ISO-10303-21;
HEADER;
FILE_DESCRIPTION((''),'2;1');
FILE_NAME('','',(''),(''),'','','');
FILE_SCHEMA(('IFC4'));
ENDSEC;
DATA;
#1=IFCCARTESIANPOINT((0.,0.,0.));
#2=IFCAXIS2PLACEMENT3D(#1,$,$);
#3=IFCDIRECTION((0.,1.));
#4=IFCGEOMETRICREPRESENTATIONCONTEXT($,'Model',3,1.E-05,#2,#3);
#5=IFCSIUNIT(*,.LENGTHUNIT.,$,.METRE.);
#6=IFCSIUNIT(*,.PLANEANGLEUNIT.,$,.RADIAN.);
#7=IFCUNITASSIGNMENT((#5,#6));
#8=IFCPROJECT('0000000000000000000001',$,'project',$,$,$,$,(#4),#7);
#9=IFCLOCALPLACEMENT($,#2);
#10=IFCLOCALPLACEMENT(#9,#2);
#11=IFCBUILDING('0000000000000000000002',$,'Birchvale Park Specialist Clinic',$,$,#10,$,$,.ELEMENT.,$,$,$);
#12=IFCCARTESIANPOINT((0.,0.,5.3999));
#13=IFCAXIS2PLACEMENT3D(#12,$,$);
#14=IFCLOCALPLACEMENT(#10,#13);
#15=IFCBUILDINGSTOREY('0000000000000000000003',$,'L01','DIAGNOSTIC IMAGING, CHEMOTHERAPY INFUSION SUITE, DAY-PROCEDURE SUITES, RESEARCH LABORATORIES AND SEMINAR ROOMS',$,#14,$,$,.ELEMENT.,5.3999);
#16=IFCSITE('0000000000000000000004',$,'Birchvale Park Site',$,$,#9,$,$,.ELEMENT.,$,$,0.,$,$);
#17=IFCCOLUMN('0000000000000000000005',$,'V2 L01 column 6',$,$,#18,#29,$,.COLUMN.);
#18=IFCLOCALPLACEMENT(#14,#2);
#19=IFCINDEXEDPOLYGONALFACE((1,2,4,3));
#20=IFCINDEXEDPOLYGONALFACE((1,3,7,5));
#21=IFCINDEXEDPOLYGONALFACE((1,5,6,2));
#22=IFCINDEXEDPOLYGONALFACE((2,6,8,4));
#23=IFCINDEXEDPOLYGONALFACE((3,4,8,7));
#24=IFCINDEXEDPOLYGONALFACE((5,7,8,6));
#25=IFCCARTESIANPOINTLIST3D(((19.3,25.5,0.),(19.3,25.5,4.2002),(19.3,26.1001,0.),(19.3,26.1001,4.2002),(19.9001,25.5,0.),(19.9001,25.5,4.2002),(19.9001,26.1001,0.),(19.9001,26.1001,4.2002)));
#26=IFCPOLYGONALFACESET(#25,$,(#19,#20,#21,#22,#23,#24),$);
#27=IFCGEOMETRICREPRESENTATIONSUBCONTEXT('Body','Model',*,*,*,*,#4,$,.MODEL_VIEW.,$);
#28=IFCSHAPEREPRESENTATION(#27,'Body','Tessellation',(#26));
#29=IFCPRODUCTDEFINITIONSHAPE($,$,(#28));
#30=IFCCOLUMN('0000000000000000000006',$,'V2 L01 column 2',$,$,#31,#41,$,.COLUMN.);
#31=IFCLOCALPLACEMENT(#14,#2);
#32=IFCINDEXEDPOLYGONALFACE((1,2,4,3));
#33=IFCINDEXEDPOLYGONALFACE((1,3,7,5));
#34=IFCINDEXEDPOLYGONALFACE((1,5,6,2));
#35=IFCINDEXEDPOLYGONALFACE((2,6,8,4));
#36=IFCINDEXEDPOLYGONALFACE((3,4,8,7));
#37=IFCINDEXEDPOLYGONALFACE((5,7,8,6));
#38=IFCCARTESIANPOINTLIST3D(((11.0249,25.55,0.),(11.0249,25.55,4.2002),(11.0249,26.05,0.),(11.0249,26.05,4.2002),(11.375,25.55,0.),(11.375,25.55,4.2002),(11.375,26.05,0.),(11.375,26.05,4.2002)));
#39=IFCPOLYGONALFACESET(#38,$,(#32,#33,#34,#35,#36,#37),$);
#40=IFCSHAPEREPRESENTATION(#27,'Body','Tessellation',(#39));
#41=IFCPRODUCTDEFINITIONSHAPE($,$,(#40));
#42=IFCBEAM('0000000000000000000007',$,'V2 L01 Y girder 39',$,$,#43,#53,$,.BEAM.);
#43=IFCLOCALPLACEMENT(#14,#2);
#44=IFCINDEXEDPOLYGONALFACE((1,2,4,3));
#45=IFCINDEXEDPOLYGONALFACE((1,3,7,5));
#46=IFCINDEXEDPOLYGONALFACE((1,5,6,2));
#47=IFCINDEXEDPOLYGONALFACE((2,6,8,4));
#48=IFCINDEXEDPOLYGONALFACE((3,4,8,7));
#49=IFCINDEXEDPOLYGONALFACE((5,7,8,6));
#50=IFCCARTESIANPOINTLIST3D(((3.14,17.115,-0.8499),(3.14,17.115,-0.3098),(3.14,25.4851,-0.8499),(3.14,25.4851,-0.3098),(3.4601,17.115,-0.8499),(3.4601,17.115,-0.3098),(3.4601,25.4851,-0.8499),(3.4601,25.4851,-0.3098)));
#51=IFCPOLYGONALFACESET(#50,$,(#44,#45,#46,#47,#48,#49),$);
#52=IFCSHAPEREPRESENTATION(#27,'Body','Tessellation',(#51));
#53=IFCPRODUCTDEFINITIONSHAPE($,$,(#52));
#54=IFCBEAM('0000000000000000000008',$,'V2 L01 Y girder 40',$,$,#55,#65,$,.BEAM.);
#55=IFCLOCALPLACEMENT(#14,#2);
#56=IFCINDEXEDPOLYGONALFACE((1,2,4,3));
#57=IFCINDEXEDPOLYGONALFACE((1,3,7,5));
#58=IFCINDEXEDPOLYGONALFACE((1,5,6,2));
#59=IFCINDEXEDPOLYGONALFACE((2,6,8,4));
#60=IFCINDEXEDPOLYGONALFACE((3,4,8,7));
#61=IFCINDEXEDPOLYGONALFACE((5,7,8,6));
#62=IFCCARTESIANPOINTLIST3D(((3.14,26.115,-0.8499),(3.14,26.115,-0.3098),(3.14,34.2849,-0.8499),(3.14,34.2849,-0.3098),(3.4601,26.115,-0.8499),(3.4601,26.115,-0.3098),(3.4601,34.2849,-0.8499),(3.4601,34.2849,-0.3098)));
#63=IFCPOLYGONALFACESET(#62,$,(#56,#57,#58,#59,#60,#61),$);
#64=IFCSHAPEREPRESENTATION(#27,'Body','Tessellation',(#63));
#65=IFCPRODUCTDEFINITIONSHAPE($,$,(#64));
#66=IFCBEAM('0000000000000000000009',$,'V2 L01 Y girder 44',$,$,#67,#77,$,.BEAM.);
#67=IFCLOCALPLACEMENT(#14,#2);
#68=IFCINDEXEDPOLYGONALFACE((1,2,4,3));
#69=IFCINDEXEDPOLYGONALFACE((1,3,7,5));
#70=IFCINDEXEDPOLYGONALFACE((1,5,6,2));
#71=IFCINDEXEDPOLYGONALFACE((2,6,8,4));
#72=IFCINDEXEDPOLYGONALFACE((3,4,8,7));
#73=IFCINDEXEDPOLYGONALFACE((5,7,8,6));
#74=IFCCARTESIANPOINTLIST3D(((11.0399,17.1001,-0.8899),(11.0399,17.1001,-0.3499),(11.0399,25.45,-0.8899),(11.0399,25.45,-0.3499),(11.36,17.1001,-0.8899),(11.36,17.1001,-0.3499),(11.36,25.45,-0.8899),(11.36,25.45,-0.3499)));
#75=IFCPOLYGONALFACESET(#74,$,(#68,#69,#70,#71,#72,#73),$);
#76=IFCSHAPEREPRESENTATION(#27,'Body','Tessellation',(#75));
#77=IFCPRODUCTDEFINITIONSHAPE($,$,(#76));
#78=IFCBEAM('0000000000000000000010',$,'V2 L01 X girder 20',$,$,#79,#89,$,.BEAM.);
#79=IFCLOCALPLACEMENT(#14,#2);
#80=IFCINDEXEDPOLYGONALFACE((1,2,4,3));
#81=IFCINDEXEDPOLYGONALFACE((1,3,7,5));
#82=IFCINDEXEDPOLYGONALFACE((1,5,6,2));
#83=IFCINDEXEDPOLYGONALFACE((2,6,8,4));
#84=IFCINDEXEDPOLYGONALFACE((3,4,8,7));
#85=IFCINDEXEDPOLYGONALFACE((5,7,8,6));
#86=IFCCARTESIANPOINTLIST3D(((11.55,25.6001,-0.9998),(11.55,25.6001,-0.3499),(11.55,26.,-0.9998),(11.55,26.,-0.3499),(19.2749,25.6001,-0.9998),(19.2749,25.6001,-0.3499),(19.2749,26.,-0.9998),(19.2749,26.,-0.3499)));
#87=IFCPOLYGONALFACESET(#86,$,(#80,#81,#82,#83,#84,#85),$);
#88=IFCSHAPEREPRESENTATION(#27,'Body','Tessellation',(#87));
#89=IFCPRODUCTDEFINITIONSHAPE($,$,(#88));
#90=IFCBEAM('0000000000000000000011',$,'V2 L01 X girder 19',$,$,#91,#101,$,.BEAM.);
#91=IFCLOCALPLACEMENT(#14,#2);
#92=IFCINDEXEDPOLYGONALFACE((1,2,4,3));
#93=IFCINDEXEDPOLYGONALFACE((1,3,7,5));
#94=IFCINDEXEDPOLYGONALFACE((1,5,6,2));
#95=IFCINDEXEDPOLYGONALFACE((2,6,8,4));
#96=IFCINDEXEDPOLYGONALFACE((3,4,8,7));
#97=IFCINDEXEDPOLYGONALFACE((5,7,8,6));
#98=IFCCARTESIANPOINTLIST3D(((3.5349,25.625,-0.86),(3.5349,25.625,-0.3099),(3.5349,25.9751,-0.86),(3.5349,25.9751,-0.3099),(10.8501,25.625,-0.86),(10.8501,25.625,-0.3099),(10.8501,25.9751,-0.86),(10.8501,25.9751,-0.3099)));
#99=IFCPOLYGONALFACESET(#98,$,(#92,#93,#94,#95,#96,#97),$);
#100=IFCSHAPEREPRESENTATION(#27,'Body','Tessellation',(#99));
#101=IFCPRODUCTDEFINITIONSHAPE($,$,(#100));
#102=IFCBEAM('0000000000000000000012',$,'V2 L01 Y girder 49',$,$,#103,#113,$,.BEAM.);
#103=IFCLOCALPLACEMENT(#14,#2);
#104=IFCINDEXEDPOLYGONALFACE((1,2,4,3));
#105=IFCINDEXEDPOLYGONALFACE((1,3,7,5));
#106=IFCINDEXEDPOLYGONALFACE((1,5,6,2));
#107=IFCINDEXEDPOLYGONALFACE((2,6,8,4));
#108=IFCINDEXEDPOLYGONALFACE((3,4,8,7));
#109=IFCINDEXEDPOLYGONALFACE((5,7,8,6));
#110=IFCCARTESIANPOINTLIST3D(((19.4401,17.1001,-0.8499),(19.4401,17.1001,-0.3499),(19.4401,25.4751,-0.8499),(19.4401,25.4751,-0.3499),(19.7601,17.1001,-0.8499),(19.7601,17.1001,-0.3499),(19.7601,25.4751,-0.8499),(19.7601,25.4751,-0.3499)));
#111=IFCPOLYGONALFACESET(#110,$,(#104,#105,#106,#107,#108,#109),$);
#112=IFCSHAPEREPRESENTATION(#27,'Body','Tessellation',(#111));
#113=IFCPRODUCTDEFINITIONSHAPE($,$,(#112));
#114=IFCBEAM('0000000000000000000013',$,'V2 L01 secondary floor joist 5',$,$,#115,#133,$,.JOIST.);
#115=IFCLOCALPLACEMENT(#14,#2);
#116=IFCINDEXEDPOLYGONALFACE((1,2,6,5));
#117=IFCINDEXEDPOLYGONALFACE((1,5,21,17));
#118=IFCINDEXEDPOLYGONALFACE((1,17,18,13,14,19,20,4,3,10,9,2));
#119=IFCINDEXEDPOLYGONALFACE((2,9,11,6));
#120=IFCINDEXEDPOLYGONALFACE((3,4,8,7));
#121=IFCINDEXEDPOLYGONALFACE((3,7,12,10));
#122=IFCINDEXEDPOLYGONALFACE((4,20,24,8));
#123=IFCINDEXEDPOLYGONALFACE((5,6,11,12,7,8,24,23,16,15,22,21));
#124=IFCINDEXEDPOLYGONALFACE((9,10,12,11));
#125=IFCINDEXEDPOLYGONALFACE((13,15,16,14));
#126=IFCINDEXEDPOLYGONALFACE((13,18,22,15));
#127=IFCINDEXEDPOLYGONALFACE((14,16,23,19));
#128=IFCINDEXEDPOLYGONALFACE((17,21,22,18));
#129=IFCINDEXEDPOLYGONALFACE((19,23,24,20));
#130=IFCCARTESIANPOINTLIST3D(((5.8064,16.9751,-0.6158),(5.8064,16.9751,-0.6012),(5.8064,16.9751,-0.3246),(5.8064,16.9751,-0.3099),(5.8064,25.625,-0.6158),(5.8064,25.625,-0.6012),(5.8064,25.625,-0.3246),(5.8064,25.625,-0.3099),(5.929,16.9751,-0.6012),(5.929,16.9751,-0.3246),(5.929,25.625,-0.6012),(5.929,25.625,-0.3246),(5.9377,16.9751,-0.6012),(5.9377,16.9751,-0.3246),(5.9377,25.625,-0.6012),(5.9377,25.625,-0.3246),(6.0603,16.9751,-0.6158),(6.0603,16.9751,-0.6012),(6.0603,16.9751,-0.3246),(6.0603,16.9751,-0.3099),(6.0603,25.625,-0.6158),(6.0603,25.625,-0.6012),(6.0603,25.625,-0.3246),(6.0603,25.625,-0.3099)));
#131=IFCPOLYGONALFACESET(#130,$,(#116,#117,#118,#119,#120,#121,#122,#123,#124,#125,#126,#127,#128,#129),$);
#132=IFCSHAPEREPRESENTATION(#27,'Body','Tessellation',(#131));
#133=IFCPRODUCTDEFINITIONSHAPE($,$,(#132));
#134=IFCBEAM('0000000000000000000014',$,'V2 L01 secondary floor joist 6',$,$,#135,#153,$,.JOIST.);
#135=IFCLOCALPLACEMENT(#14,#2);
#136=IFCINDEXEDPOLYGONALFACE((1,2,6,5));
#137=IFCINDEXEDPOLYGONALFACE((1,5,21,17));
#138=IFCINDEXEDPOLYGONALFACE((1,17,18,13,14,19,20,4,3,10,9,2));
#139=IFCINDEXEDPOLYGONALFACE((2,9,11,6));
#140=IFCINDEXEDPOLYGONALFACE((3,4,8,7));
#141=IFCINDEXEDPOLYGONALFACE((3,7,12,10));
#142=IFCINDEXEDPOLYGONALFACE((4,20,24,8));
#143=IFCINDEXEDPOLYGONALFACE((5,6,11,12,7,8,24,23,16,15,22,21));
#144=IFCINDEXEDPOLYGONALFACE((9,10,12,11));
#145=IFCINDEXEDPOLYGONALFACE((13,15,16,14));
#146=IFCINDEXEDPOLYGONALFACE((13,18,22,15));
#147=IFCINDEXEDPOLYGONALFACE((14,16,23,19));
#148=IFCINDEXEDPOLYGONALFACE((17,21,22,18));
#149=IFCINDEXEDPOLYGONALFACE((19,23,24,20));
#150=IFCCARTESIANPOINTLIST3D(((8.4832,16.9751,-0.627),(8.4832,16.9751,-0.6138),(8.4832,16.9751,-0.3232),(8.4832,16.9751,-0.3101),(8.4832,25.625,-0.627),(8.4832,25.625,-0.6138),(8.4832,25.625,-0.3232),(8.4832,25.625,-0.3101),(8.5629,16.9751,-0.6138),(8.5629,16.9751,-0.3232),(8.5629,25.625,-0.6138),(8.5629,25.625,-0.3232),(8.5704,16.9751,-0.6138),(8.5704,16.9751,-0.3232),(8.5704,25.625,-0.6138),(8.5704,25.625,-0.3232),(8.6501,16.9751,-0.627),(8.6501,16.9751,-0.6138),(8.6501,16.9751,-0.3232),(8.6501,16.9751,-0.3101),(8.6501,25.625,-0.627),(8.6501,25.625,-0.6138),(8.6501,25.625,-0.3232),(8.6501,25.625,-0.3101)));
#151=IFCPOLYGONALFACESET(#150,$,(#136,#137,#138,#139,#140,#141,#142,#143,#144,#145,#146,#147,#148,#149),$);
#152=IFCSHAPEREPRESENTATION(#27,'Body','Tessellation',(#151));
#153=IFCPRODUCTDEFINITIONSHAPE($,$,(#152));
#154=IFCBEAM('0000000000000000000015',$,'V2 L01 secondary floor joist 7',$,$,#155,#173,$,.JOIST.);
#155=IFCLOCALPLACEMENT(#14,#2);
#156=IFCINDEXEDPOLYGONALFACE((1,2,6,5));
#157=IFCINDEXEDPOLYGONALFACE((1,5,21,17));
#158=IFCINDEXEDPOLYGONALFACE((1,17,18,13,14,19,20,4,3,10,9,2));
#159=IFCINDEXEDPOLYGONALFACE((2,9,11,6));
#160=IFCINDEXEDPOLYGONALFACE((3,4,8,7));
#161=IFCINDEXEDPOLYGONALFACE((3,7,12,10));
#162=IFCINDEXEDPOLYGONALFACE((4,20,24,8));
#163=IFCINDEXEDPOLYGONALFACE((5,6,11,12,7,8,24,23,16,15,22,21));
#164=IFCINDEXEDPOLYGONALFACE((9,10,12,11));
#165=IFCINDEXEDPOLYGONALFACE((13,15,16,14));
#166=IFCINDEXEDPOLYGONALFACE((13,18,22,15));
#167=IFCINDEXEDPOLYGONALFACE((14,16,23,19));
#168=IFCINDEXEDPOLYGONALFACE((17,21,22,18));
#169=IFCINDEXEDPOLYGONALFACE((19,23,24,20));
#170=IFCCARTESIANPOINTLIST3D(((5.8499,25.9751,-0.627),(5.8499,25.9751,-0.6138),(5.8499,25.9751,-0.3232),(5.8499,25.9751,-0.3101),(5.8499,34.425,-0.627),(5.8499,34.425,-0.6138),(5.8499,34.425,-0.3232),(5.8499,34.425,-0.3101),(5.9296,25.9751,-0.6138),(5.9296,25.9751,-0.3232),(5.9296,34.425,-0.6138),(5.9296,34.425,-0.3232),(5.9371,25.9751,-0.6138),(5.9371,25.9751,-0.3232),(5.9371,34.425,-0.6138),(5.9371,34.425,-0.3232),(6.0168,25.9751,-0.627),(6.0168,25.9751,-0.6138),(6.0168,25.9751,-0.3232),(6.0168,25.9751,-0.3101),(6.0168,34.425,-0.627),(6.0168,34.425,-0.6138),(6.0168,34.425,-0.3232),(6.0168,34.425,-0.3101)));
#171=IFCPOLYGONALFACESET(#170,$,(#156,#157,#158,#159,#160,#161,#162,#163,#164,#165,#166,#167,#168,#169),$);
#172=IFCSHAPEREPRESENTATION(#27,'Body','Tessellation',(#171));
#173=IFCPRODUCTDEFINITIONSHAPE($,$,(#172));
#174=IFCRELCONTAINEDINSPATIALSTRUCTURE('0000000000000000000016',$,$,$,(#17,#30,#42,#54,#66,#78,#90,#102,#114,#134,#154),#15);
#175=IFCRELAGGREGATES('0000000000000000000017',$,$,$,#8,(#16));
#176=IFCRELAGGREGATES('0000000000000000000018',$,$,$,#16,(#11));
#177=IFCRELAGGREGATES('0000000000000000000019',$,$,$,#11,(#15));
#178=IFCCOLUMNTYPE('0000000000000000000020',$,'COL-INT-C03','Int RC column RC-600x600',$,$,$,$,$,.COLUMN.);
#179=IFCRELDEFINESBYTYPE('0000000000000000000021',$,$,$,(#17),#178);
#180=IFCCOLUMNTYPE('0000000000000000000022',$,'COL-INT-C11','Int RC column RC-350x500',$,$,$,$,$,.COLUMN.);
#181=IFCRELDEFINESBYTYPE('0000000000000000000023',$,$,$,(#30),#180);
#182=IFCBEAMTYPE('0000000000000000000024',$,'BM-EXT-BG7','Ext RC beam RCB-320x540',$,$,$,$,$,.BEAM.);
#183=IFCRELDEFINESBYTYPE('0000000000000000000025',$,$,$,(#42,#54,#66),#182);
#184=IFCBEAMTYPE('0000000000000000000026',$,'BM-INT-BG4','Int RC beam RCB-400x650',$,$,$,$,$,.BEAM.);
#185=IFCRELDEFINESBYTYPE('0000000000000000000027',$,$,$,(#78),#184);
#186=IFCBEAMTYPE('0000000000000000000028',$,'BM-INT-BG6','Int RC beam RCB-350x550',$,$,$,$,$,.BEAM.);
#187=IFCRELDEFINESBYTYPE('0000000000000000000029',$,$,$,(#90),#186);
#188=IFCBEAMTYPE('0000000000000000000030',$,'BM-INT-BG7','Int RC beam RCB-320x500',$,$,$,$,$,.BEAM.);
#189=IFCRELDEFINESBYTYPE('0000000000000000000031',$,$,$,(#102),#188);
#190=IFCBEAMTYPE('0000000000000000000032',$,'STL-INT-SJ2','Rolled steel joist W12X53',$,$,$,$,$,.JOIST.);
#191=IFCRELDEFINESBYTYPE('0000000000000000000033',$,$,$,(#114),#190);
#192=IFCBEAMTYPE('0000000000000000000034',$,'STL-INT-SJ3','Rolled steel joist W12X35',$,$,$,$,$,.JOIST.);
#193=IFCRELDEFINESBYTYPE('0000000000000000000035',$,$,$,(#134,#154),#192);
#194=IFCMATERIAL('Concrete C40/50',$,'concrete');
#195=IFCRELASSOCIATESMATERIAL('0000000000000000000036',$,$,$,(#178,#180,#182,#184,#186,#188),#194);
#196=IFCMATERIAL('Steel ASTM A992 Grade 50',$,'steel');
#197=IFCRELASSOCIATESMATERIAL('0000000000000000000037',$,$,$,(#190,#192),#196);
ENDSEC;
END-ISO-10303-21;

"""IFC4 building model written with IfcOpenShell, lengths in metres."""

from ifc_helpers import new_model, si_unit, direction, frame, origin, origin_2d, place, context, subcontext, project, spatial, rectangle, i_section, extrude, material, material_profile, profile_set, type_object, element, save


model = new_model("IFC4")

# Units and contexts
model_context = context("Model", 3, precision=1e-05, world=origin(), true_north=direction((0.0, 1.0)))
body_context = subcontext(model_context, "Body", "Model", "MODEL_VIEW")
ifc_project = project(units=[si_unit("LENGTHUNIT", "METRE"), si_unit("PLANEANGLEUNIT", "RADIAN")], contexts=[model_context])

# Site, building, storey
site_placement = place(None, origin())
site = spatial("IfcSite", under=ifc_project, at=site_placement, Name="Birchvale Park Site", CompositionType="ELEMENT", RefElevation=0.0)
building_placement = place(site_placement, origin())
building = spatial("IfcBuilding", under=site, at=building_placement, Name="Birchvale Park Specialist Clinic", CompositionType="ELEMENT")
storey_placement = place(building_placement, frame((0.0, 0.0, 5.3999)))
storey = spatial("IfcBuildingStorey", under=building, at=storey_placement, Name="L01", Description="DIAGNOSTIC IMAGING, CHEMOTHERAPY INFUSION SUITE, DAY-PROCEDURE SUITES, RESEARCH LABORATORIES AND SEMINAR ROOMS", CompositionType="ELEMENT", Elevation=5.3999)

# Columns
ifc_material_1 = material(Name="Concrete C40/50", Category="concrete")
ifc_material_profile_1 = material_profile(ifc_material_1, rectangle(XDim=0.6001, YDim=0.6001, at=origin_2d()), Name="RC-600x600")
ifc_profile_set_1 = profile_set([ifc_material_profile_1], Name="Concrete C40/50")
column_type_1 = type_object("IfcColumnType", Name="COL-INT-C03", Description="Int RC column RC-600x600", PredefinedType="COLUMN", material=ifc_profile_set_1)
column_1_placement = place(storey_placement, frame((19.6001, 25.8, 0.0), z_axis=(0.0, 0.0, 1.0), x_axis=(1.0, 0.0, 0.0)))
element("IfcColumn", 1, at=column_1_placement, inside=storey, type_object=column_type_1, Name="V2 L01 column 6", PredefinedType="COLUMN", context=body_context, shape_type="SweptSolid", body=[
    extrude(rectangle(XDim=0.6001, YDim=0.6001, at=origin_2d()), origin(), (0.0, 0.0, 1.0), 4.2002),
])
ifc_material_profile_2 = material_profile(ifc_material_1, rectangle(XDim=0.3501, YDim=0.5, at=origin_2d()), Name="RC-350x500")
ifc_profile_set_2 = profile_set([ifc_material_profile_2], Name="Concrete C40/50")
column_type_2 = type_object("IfcColumnType", Name="COL-INT-C11", Description="Int RC column RC-350x500", PredefinedType="COLUMN", material=ifc_profile_set_2)
column_2_placement = place(storey_placement, frame((11.2, 25.8, 0.0), z_axis=(0.0, 0.0, 1.0), x_axis=(1.0, 0.0, 0.0)))
element("IfcColumn", 2, at=column_2_placement, inside=storey, type_object=column_type_2, Name="V2 L01 column 2", PredefinedType="COLUMN", context=body_context, shape_type="SweptSolid", body=[
    extrude(rectangle(XDim=0.3501, YDim=0.5, at=origin_2d()), origin(), (0.0, 0.0, 1.0), 4.2002),
])

# Beams
ifc_material_profile_3 = material_profile(ifc_material_1, rectangle(XDim=0.3201, YDim=0.54, at=origin_2d()), Name="RCB-320x540")
ifc_profile_set_3 = profile_set([ifc_material_profile_3], Name="Concrete C40/50")
beam_type_1 = type_object("IfcBeamType", Name="BM-EXT-BG7", Description="Ext RC beam RCB-320x540", PredefinedType="BEAM", material=ifc_profile_set_3)
beam_1_placement = place(storey_placement, frame((3.3, 17.115, -0.5798), z_axis=(0.0, 1.0, 0.0), x_axis=(-1.0, 0.0, 0.0)))
element("IfcBeam", 3, at=beam_1_placement, inside=storey, type_object=beam_type_1, Name="V2 L01 Y girder 39", PredefinedType="BEAM", context=body_context, shape_type="SweptSolid", body=[
    extrude(rectangle(XDim=0.3201, YDim=0.54, at=origin_2d()), origin(), (0.0, 0.0, 1.0), 8.3701),
])
beam_2_placement = place(storey_placement, frame((3.3, 26.115, -0.5798), z_axis=(0.0, 1.0, 0.0), x_axis=(-1.0, 0.0, 0.0)))
element("IfcBeam", 4, at=beam_2_placement, inside=storey, type_object=beam_type_1, Name="V2 L01 Y girder 40", PredefinedType="BEAM", context=body_context, shape_type="SweptSolid", body=[
    extrude(rectangle(XDim=0.3201, YDim=0.54, at=origin_2d()), origin(), (0.0, 0.0, 1.0), 8.1699),
])
beam_3_placement = place(storey_placement, frame((11.2, 17.1001, -0.6199), z_axis=(0.0, 1.0, 0.0), x_axis=(-1.0, 0.0, 0.0)))
element("IfcBeam", 5, at=beam_3_placement, inside=storey, type_object=beam_type_1, Name="V2 L01 Y girder 44", PredefinedType="BEAM", context=body_context, shape_type="SweptSolid", body=[
    extrude(rectangle(XDim=0.3201, YDim=0.54, at=origin_2d()), origin(), (0.0, 0.0, 1.0), 8.3499),
])
ifc_material_profile_4 = material_profile(ifc_material_1, rectangle(XDim=0.3999, YDim=0.6499, at=origin_2d()), Name="RCB-400x650")
ifc_profile_set_4 = profile_set([ifc_material_profile_4], Name="Concrete C40/50")
beam_type_2 = type_object("IfcBeamType", Name="BM-INT-BG4", Description="Int RC beam RCB-400x650", PredefinedType="BEAM", material=ifc_profile_set_4)
beam_4_placement = place(storey_placement, frame((11.55, 25.8, -0.6748), z_axis=(1.0, 0.0, 0.0), x_axis=(0.0, 1.0, 0.0)))
element("IfcBeam", 6, at=beam_4_placement, inside=storey, type_object=beam_type_2, Name="V2 L01 X girder 20", PredefinedType="BEAM", context=body_context, shape_type="SweptSolid", body=[
    extrude(rectangle(XDim=0.3999, YDim=0.6499, at=origin_2d()), origin(), (0.0, 0.0, 1.0), 7.7249),
])
ifc_material_profile_5 = material_profile(ifc_material_1, rectangle(XDim=0.3501, YDim=0.55, at=origin_2d()), Name="RCB-350x550")
ifc_profile_set_5 = profile_set([ifc_material_profile_5], Name="Concrete C40/50")
beam_type_3 = type_object("IfcBeamType", Name="BM-INT-BG6", Description="Int RC beam RCB-350x550", PredefinedType="BEAM", material=ifc_profile_set_5)
beam_5_placement = place(storey_placement, frame((3.5349, 25.8, -0.585), z_axis=(1.0, 0.0, 0.0), x_axis=(0.0, 1.0, 0.0)))
element("IfcBeam", 7, at=beam_5_placement, inside=storey, type_object=beam_type_3, Name="V2 L01 X girder 19", PredefinedType="BEAM", context=body_context, shape_type="SweptSolid", body=[
    extrude(rectangle(XDim=0.3501, YDim=0.55, at=origin_2d()), origin(), (0.0, 0.0, 1.0), 7.3152),
])
ifc_material_profile_6 = material_profile(ifc_material_1, rectangle(XDim=0.3201, YDim=0.5, at=origin_2d()), Name="RCB-320x500")
ifc_profile_set_6 = profile_set([ifc_material_profile_6], Name="Concrete C40/50")
beam_type_4 = type_object("IfcBeamType", Name="BM-INT-BG7", Description="Int RC beam RCB-320x500", PredefinedType="BEAM", material=ifc_profile_set_6)
beam_6_placement = place(storey_placement, frame((19.6001, 17.1001, -0.5999), z_axis=(0.0, 1.0, 0.0), x_axis=(-1.0, 0.0, 0.0)))
element("IfcBeam", 8, at=beam_6_placement, inside=storey, type_object=beam_type_4, Name="V2 L01 Y girder 49", PredefinedType="BEAM", context=body_context, shape_type="SweptSolid", body=[
    extrude(rectangle(XDim=0.3201, YDim=0.5, at=origin_2d()), origin(), (0.0, 0.0, 1.0), 8.375),
])
ifc_material_2 = material(Name="Steel ASTM A992 Grade 50", Category="steel")
ifc_material_profile_7 = material_profile(ifc_material_2, i_section(OverallWidth=0.2539, OverallDepth=0.3059, WebThickness=0.0088, FlangeThickness=0.0146, at=origin_2d()), Name="W12X53")
ifc_profile_set_7 = profile_set([ifc_material_profile_7], Name="Steel ASTM A992 Grade 50")
beam_type_5 = type_object("IfcBeamType", Name="STL-INT-SJ2", Description="Rolled steel joist W12X53", PredefinedType="JOIST", material=ifc_profile_set_7)
beam_7_placement = place(storey_placement, frame((5.9333, 16.9751, -0.4629), z_axis=(0.0, 1.0, 0.0), x_axis=(-1.0, 0.0, 0.0)))
element("IfcBeam", 9, at=beam_7_placement, inside=storey, type_object=beam_type_5, Name="V2 L01 secondary floor joist 5", PredefinedType="JOIST", context=body_context, shape_type="SweptSolid", body=[
    extrude(i_section(OverallWidth=0.2539, OverallDepth=0.3059, WebThickness=0.0088, FlangeThickness=0.0146, at=origin_2d()), origin(), (0.0, 0.0, 1.0), 8.6499),
])
ifc_material_profile_8 = material_profile(ifc_material_2, i_section(OverallWidth=0.167, OverallDepth=0.3169, WebThickness=0.0076, FlangeThickness=0.0132, at=origin_2d()), Name="W12X35")
ifc_profile_set_8 = profile_set([ifc_material_profile_8], Name="Steel ASTM A992 Grade 50")
beam_type_6 = type_object("IfcBeamType", Name="STL-INT-SJ3", Description="Rolled steel joist W12X35", PredefinedType="JOIST", material=ifc_profile_set_8)
beam_8_placement = place(storey_placement, frame((8.5667, 16.9751, -0.4685), z_axis=(0.0, 1.0, 0.0), x_axis=(-1.0, 0.0, 0.0)))
element("IfcBeam", 10, at=beam_8_placement, inside=storey, type_object=beam_type_6, Name="V2 L01 secondary floor joist 6", PredefinedType="JOIST", context=body_context, shape_type="SweptSolid", body=[
    extrude(i_section(OverallWidth=0.167, OverallDepth=0.3169, WebThickness=0.0076, FlangeThickness=0.0132, at=origin_2d()), origin(), (0.0, 0.0, 1.0), 8.6499),
])
beam_9_placement = place(storey_placement, frame((5.9333, 25.9751, -0.4685), z_axis=(0.0, 1.0, 0.0), x_axis=(-1.0, 0.0, 0.0)))
element("IfcBeam", 11, at=beam_9_placement, inside=storey, type_object=beam_type_6, Name="V2 L01 secondary floor joist 7", PredefinedType="JOIST", context=body_context, shape_type="SweptSolid", body=[
    extrude(i_section(OverallWidth=0.167, OverallDepth=0.3169, WebThickness=0.0076, FlangeThickness=0.0132, at=origin_2d()), origin(), (0.0, 0.0, 1.0), 8.45),
])

save(model, "model.ifc")
